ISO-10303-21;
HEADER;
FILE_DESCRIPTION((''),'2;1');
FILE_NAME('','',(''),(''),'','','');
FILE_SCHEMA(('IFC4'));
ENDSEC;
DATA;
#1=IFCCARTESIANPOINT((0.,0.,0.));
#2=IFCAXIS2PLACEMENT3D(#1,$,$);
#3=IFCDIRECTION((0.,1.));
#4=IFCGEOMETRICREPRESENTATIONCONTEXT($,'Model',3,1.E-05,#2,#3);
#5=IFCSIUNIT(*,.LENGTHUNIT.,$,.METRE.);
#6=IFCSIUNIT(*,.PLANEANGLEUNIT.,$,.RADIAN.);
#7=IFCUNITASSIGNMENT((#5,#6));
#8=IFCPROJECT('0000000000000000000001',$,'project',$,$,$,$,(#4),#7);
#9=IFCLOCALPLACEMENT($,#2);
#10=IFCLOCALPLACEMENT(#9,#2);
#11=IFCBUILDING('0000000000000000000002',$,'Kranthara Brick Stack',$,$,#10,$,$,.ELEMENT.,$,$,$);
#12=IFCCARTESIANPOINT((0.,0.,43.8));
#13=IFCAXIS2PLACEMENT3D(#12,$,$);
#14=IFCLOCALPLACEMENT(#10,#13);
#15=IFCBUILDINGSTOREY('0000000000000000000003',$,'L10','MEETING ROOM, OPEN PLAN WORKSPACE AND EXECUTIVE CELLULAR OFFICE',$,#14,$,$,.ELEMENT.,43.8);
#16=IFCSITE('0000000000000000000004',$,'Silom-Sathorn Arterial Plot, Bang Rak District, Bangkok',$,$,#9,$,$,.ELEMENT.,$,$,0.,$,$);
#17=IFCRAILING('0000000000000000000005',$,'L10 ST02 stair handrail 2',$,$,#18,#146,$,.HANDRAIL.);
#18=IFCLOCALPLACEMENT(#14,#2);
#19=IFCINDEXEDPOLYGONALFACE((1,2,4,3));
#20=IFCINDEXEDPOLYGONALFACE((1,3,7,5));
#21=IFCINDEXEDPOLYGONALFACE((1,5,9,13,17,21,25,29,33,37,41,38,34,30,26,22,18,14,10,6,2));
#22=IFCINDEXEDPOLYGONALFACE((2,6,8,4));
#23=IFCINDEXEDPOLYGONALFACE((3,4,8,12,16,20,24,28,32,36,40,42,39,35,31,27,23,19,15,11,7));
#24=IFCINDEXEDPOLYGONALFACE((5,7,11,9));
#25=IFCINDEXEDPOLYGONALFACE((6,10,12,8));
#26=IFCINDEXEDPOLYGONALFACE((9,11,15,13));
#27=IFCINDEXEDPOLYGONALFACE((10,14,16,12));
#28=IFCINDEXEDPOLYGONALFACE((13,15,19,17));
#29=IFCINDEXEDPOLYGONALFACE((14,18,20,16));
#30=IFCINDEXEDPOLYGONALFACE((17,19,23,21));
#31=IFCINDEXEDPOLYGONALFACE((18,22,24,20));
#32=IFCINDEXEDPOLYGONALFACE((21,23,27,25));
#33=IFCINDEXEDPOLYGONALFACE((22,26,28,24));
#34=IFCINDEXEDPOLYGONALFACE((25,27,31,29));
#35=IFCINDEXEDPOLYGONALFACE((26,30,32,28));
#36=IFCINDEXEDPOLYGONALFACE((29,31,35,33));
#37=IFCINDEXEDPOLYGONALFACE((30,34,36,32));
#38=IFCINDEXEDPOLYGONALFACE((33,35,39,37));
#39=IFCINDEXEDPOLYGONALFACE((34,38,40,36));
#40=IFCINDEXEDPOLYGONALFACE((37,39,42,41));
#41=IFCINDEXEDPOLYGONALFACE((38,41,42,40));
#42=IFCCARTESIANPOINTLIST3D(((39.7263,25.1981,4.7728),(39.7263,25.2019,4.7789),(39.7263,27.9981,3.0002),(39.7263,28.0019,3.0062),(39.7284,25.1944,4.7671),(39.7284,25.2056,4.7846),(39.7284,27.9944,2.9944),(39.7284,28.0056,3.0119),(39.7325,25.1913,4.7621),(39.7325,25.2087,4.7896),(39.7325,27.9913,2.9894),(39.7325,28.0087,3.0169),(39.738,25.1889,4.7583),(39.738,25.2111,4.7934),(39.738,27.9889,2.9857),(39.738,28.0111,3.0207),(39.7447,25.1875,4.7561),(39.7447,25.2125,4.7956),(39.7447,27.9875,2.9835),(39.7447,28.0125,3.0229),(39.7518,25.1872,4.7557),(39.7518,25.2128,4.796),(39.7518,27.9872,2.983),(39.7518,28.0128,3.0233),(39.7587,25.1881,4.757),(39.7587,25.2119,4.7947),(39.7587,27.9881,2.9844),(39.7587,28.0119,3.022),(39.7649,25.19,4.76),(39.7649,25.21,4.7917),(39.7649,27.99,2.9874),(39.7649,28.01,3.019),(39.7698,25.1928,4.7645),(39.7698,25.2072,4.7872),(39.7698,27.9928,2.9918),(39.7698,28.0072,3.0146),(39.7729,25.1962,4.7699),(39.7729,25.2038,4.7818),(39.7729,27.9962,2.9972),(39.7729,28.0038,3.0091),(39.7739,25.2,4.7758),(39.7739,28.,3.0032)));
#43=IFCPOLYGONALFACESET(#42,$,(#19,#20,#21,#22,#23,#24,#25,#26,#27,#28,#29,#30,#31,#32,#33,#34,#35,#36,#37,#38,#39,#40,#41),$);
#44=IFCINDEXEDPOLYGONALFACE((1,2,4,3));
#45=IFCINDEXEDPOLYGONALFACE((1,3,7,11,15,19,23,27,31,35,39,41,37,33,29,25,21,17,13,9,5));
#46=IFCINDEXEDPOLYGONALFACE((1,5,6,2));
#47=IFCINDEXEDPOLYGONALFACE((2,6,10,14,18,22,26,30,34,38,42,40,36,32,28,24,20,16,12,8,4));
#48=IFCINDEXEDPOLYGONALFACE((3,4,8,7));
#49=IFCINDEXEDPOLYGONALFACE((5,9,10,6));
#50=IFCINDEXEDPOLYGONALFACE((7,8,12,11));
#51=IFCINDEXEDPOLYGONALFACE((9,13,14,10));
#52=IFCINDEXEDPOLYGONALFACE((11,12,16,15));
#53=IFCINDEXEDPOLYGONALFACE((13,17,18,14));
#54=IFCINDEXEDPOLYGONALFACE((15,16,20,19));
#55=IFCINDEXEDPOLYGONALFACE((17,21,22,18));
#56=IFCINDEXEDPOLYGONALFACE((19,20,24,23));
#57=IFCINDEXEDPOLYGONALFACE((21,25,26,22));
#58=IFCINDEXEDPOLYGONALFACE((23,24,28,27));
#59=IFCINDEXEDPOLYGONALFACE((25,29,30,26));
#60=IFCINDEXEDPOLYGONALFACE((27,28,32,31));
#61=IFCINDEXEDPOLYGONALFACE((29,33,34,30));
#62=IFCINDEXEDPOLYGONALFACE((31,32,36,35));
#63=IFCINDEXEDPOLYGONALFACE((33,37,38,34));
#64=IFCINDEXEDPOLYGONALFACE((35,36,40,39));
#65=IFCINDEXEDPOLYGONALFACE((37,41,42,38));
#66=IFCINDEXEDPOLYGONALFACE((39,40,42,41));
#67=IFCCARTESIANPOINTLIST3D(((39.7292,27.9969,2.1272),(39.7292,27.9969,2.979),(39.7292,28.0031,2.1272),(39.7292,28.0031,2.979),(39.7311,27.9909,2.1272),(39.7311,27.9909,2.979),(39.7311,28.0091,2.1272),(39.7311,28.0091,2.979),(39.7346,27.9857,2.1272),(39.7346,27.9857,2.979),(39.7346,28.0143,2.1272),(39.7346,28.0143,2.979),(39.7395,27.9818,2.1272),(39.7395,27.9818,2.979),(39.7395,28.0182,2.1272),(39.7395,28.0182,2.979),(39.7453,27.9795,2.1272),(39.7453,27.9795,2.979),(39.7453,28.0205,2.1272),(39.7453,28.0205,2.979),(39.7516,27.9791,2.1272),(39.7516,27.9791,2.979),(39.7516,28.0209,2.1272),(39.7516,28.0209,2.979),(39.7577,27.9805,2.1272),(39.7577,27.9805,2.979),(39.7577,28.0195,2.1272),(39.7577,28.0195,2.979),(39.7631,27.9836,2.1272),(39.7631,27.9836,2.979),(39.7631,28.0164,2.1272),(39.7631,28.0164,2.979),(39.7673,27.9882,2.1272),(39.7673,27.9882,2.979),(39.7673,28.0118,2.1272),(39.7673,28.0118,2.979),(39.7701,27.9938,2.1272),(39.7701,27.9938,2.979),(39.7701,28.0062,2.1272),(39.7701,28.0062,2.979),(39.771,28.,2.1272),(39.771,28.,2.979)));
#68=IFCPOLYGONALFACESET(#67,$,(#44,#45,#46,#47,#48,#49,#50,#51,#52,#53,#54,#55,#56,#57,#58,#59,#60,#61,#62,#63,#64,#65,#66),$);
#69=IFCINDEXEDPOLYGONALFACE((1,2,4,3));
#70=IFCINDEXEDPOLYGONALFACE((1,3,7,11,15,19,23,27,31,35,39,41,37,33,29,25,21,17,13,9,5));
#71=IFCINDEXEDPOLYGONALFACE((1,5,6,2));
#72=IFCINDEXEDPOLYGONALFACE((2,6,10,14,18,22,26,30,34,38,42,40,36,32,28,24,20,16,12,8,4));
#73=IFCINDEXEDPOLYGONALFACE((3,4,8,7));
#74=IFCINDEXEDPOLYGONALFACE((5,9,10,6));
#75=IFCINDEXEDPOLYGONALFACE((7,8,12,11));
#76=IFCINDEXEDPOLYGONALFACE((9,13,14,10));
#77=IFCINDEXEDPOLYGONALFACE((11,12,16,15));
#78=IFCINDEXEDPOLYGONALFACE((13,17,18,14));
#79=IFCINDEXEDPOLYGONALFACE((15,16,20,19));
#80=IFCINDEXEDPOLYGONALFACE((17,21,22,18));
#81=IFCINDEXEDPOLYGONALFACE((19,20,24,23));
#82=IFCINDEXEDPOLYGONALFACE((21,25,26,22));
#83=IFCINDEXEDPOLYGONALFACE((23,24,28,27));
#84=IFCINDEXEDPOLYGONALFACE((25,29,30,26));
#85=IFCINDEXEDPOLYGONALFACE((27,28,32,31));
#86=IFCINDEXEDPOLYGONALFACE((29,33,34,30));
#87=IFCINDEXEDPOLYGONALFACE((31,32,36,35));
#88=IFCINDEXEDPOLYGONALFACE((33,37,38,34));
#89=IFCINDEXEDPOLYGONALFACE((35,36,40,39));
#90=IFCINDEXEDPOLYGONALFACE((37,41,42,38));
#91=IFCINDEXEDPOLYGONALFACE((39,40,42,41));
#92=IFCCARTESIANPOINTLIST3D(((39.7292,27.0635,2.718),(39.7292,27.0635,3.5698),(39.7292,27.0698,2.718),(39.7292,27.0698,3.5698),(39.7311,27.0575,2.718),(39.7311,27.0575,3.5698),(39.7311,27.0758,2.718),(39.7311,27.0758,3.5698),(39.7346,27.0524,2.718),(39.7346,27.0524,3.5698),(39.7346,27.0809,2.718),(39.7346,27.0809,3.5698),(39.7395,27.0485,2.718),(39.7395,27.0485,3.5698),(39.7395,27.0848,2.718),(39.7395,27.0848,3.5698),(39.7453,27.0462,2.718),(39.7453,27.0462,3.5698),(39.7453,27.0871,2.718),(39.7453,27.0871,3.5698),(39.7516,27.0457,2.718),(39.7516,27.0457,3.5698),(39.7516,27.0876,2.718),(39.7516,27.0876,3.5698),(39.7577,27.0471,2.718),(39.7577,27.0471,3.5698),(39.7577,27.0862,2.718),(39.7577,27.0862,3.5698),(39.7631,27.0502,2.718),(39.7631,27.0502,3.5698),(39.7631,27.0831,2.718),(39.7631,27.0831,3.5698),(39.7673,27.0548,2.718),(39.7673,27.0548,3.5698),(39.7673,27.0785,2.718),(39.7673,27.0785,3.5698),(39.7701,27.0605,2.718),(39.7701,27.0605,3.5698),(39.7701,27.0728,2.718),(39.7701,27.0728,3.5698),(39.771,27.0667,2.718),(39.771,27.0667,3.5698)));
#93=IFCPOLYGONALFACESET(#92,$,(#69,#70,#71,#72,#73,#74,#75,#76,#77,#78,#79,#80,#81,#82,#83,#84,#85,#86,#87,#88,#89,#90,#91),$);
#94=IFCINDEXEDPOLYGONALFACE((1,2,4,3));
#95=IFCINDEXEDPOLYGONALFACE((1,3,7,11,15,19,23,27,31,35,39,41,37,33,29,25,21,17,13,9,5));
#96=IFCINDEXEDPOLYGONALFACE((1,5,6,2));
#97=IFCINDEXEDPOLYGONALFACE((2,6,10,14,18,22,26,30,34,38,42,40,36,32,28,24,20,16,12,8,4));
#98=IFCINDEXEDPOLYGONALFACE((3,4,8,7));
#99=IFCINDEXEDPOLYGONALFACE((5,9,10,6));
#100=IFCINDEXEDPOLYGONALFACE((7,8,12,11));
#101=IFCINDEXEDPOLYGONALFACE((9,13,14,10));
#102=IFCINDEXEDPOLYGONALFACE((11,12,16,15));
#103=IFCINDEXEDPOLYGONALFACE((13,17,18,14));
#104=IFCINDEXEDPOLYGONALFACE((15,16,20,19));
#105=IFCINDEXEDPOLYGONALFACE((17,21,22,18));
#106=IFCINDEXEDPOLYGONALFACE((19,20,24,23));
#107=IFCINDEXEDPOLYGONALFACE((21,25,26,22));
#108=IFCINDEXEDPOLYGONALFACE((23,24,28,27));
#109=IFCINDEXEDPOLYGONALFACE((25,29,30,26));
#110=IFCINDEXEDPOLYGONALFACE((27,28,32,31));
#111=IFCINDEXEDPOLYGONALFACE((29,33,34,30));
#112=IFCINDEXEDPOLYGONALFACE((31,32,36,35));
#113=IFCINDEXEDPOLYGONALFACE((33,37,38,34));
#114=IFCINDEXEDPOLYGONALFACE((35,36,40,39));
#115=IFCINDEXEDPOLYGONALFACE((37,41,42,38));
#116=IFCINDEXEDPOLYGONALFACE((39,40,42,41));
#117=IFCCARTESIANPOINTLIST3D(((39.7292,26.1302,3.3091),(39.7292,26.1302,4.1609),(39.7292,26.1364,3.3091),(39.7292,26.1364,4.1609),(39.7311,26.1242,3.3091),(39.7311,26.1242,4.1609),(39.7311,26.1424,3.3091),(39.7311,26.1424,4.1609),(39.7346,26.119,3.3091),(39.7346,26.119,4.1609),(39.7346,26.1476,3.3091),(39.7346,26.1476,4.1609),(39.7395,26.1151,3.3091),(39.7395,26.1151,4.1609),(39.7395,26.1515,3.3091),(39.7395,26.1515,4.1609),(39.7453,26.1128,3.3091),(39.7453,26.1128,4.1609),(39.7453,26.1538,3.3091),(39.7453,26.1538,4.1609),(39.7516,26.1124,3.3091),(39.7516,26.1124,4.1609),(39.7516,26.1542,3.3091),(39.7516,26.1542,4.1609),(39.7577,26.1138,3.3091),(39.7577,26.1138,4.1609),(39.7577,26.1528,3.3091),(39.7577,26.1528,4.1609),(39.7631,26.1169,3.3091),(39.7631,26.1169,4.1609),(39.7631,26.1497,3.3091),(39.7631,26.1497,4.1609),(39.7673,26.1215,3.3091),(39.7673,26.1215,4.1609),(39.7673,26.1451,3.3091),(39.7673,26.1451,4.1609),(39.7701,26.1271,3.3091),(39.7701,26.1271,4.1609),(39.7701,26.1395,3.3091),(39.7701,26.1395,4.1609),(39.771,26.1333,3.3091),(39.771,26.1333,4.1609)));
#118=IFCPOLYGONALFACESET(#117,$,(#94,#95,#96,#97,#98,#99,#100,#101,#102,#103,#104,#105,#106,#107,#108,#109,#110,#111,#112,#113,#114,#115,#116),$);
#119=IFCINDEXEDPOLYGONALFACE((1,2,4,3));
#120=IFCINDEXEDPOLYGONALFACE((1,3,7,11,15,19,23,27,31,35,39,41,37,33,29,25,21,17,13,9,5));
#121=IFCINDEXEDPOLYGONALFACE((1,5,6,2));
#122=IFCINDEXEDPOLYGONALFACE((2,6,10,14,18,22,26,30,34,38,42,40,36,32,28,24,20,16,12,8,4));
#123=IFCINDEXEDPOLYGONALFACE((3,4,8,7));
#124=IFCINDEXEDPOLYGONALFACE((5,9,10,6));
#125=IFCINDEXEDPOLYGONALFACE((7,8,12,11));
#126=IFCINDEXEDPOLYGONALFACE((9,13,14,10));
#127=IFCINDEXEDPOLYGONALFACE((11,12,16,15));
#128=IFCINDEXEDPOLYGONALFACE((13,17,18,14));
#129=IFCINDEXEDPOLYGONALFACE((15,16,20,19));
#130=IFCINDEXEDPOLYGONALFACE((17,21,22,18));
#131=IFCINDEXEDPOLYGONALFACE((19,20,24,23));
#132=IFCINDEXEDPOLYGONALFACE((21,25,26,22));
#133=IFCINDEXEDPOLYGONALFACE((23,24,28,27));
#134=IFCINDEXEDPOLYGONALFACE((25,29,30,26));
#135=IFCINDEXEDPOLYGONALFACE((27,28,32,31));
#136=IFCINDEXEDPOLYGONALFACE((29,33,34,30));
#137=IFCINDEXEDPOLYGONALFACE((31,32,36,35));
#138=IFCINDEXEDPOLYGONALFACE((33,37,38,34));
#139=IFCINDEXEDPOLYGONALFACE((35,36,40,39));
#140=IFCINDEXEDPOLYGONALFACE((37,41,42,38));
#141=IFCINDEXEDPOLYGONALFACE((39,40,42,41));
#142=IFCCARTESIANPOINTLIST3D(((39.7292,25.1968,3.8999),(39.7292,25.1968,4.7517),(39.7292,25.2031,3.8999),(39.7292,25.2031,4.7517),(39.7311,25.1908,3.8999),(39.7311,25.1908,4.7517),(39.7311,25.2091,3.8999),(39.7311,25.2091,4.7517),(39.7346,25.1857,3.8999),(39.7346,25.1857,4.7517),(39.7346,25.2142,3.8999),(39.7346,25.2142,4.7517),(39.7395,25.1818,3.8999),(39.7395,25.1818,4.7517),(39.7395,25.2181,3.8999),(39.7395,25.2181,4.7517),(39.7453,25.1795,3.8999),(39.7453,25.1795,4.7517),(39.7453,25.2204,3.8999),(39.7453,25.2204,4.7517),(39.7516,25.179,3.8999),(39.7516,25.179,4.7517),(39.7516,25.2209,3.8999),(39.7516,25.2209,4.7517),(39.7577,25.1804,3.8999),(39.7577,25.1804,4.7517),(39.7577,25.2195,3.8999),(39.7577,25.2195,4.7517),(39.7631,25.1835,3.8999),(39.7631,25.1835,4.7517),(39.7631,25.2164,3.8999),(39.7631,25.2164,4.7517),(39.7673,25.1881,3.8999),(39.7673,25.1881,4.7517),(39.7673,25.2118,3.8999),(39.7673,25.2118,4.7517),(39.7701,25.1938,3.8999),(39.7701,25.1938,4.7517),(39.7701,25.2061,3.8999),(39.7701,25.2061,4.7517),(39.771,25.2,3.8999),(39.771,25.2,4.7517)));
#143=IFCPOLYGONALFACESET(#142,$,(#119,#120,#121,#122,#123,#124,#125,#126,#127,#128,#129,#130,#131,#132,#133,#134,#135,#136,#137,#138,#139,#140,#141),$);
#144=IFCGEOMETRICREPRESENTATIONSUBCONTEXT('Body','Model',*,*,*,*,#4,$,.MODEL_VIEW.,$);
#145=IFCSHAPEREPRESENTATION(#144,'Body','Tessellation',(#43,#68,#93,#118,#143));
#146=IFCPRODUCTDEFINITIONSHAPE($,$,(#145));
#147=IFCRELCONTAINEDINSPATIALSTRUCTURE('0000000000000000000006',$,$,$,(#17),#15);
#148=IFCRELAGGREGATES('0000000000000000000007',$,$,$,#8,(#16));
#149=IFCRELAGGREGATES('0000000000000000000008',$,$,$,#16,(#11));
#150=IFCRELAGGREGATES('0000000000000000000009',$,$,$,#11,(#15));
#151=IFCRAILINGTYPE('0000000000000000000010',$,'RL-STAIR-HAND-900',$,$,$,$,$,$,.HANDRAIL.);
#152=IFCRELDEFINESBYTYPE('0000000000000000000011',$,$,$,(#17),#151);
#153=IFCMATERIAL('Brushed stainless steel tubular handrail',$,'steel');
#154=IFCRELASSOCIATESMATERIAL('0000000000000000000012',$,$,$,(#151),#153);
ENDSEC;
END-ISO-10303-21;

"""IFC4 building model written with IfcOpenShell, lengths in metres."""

from ifc_helpers import new_model, si_unit, direction, frame, origin, origin_2d, place, context, subcontext, project, spatial, circle, extrude, material, type_object, element, save


model = new_model("IFC4")

# Units and contexts
model_context = context("Model", 3, precision=1e-05, world=origin(), true_north=direction((0.0, 1.0)))
body_context = subcontext(model_context, "Body", "Model", "MODEL_VIEW")
ifc_project = project(units=[si_unit("LENGTHUNIT", "METRE"), si_unit("PLANEANGLEUNIT", "RADIAN")], contexts=[model_context])

# Site, building, storey
site_placement = place(None, origin())
site = spatial("IfcSite", under=ifc_project, at=site_placement, Name="Silom-Sathorn Arterial Plot, Bang Rak District, Bangkok", CompositionType="ELEMENT", RefElevation=0.0)
building_placement = place(site_placement, origin())
building = spatial("IfcBuilding", under=site, at=building_placement, Name="Kranthara Brick Stack", CompositionType="ELEMENT")
storey_placement = place(building_placement, frame((0.0, 0.0, 43.8)))
storey = spatial("IfcBuildingStorey", under=building, at=storey_placement, Name="L10", Description="MEETING ROOM, OPEN PLAN WORKSPACE AND EXECUTIVE CELLULAR OFFICE", CompositionType="ELEMENT", Elevation=43.8)

# Railing
ifc_material_1 = material(Name="Brushed stainless steel tubular handrail", Category="steel")
railing_type_1 = type_object("IfcRailingType", Name="RL-STAIR-HAND-900", PredefinedType="HANDRAIL", material=ifc_material_1)
railing_1_placement = place(storey_placement, frame((39.75, 28.0, 2.1272)))
element("IfcRailing", 1, at=railing_1_placement, inside=storey, type_object=railing_type_1, Name="L10 ST02 stair handrail 2", PredefinedType="HANDRAIL", context=body_context, shape_type="SweptSolid", body=[
    extrude(circle(Radius=0.0239, at=origin_2d()), frame((0.0, 0.0, 0.876), z_axis=(0.0, -0.844909, 0.53491), x_axis=(1.0, 0.0, 0.0)), (0.0, 0.0, 1.0), 3.314),
    extrude(circle(Radius=0.021, at=origin_2d()), origin(), (0.0, 0.0, 1.0), 0.8518),
    extrude(circle(Radius=0.021, at=origin_2d()), frame((0.0, -0.9333, 0.5908)), (0.0, 0.0, 1.0), 0.8518),
    extrude(circle(Radius=0.021, at=origin_2d()), frame((0.0, -1.8667, 1.1819)), (0.0, 0.0, 1.0), 0.8518),
    extrude(circle(Radius=0.021, at=origin_2d()), frame((0.0, -2.8, 1.7727)), (0.0, 0.0, 1.0), 0.8518),
])

save(model, "model.ifc")
